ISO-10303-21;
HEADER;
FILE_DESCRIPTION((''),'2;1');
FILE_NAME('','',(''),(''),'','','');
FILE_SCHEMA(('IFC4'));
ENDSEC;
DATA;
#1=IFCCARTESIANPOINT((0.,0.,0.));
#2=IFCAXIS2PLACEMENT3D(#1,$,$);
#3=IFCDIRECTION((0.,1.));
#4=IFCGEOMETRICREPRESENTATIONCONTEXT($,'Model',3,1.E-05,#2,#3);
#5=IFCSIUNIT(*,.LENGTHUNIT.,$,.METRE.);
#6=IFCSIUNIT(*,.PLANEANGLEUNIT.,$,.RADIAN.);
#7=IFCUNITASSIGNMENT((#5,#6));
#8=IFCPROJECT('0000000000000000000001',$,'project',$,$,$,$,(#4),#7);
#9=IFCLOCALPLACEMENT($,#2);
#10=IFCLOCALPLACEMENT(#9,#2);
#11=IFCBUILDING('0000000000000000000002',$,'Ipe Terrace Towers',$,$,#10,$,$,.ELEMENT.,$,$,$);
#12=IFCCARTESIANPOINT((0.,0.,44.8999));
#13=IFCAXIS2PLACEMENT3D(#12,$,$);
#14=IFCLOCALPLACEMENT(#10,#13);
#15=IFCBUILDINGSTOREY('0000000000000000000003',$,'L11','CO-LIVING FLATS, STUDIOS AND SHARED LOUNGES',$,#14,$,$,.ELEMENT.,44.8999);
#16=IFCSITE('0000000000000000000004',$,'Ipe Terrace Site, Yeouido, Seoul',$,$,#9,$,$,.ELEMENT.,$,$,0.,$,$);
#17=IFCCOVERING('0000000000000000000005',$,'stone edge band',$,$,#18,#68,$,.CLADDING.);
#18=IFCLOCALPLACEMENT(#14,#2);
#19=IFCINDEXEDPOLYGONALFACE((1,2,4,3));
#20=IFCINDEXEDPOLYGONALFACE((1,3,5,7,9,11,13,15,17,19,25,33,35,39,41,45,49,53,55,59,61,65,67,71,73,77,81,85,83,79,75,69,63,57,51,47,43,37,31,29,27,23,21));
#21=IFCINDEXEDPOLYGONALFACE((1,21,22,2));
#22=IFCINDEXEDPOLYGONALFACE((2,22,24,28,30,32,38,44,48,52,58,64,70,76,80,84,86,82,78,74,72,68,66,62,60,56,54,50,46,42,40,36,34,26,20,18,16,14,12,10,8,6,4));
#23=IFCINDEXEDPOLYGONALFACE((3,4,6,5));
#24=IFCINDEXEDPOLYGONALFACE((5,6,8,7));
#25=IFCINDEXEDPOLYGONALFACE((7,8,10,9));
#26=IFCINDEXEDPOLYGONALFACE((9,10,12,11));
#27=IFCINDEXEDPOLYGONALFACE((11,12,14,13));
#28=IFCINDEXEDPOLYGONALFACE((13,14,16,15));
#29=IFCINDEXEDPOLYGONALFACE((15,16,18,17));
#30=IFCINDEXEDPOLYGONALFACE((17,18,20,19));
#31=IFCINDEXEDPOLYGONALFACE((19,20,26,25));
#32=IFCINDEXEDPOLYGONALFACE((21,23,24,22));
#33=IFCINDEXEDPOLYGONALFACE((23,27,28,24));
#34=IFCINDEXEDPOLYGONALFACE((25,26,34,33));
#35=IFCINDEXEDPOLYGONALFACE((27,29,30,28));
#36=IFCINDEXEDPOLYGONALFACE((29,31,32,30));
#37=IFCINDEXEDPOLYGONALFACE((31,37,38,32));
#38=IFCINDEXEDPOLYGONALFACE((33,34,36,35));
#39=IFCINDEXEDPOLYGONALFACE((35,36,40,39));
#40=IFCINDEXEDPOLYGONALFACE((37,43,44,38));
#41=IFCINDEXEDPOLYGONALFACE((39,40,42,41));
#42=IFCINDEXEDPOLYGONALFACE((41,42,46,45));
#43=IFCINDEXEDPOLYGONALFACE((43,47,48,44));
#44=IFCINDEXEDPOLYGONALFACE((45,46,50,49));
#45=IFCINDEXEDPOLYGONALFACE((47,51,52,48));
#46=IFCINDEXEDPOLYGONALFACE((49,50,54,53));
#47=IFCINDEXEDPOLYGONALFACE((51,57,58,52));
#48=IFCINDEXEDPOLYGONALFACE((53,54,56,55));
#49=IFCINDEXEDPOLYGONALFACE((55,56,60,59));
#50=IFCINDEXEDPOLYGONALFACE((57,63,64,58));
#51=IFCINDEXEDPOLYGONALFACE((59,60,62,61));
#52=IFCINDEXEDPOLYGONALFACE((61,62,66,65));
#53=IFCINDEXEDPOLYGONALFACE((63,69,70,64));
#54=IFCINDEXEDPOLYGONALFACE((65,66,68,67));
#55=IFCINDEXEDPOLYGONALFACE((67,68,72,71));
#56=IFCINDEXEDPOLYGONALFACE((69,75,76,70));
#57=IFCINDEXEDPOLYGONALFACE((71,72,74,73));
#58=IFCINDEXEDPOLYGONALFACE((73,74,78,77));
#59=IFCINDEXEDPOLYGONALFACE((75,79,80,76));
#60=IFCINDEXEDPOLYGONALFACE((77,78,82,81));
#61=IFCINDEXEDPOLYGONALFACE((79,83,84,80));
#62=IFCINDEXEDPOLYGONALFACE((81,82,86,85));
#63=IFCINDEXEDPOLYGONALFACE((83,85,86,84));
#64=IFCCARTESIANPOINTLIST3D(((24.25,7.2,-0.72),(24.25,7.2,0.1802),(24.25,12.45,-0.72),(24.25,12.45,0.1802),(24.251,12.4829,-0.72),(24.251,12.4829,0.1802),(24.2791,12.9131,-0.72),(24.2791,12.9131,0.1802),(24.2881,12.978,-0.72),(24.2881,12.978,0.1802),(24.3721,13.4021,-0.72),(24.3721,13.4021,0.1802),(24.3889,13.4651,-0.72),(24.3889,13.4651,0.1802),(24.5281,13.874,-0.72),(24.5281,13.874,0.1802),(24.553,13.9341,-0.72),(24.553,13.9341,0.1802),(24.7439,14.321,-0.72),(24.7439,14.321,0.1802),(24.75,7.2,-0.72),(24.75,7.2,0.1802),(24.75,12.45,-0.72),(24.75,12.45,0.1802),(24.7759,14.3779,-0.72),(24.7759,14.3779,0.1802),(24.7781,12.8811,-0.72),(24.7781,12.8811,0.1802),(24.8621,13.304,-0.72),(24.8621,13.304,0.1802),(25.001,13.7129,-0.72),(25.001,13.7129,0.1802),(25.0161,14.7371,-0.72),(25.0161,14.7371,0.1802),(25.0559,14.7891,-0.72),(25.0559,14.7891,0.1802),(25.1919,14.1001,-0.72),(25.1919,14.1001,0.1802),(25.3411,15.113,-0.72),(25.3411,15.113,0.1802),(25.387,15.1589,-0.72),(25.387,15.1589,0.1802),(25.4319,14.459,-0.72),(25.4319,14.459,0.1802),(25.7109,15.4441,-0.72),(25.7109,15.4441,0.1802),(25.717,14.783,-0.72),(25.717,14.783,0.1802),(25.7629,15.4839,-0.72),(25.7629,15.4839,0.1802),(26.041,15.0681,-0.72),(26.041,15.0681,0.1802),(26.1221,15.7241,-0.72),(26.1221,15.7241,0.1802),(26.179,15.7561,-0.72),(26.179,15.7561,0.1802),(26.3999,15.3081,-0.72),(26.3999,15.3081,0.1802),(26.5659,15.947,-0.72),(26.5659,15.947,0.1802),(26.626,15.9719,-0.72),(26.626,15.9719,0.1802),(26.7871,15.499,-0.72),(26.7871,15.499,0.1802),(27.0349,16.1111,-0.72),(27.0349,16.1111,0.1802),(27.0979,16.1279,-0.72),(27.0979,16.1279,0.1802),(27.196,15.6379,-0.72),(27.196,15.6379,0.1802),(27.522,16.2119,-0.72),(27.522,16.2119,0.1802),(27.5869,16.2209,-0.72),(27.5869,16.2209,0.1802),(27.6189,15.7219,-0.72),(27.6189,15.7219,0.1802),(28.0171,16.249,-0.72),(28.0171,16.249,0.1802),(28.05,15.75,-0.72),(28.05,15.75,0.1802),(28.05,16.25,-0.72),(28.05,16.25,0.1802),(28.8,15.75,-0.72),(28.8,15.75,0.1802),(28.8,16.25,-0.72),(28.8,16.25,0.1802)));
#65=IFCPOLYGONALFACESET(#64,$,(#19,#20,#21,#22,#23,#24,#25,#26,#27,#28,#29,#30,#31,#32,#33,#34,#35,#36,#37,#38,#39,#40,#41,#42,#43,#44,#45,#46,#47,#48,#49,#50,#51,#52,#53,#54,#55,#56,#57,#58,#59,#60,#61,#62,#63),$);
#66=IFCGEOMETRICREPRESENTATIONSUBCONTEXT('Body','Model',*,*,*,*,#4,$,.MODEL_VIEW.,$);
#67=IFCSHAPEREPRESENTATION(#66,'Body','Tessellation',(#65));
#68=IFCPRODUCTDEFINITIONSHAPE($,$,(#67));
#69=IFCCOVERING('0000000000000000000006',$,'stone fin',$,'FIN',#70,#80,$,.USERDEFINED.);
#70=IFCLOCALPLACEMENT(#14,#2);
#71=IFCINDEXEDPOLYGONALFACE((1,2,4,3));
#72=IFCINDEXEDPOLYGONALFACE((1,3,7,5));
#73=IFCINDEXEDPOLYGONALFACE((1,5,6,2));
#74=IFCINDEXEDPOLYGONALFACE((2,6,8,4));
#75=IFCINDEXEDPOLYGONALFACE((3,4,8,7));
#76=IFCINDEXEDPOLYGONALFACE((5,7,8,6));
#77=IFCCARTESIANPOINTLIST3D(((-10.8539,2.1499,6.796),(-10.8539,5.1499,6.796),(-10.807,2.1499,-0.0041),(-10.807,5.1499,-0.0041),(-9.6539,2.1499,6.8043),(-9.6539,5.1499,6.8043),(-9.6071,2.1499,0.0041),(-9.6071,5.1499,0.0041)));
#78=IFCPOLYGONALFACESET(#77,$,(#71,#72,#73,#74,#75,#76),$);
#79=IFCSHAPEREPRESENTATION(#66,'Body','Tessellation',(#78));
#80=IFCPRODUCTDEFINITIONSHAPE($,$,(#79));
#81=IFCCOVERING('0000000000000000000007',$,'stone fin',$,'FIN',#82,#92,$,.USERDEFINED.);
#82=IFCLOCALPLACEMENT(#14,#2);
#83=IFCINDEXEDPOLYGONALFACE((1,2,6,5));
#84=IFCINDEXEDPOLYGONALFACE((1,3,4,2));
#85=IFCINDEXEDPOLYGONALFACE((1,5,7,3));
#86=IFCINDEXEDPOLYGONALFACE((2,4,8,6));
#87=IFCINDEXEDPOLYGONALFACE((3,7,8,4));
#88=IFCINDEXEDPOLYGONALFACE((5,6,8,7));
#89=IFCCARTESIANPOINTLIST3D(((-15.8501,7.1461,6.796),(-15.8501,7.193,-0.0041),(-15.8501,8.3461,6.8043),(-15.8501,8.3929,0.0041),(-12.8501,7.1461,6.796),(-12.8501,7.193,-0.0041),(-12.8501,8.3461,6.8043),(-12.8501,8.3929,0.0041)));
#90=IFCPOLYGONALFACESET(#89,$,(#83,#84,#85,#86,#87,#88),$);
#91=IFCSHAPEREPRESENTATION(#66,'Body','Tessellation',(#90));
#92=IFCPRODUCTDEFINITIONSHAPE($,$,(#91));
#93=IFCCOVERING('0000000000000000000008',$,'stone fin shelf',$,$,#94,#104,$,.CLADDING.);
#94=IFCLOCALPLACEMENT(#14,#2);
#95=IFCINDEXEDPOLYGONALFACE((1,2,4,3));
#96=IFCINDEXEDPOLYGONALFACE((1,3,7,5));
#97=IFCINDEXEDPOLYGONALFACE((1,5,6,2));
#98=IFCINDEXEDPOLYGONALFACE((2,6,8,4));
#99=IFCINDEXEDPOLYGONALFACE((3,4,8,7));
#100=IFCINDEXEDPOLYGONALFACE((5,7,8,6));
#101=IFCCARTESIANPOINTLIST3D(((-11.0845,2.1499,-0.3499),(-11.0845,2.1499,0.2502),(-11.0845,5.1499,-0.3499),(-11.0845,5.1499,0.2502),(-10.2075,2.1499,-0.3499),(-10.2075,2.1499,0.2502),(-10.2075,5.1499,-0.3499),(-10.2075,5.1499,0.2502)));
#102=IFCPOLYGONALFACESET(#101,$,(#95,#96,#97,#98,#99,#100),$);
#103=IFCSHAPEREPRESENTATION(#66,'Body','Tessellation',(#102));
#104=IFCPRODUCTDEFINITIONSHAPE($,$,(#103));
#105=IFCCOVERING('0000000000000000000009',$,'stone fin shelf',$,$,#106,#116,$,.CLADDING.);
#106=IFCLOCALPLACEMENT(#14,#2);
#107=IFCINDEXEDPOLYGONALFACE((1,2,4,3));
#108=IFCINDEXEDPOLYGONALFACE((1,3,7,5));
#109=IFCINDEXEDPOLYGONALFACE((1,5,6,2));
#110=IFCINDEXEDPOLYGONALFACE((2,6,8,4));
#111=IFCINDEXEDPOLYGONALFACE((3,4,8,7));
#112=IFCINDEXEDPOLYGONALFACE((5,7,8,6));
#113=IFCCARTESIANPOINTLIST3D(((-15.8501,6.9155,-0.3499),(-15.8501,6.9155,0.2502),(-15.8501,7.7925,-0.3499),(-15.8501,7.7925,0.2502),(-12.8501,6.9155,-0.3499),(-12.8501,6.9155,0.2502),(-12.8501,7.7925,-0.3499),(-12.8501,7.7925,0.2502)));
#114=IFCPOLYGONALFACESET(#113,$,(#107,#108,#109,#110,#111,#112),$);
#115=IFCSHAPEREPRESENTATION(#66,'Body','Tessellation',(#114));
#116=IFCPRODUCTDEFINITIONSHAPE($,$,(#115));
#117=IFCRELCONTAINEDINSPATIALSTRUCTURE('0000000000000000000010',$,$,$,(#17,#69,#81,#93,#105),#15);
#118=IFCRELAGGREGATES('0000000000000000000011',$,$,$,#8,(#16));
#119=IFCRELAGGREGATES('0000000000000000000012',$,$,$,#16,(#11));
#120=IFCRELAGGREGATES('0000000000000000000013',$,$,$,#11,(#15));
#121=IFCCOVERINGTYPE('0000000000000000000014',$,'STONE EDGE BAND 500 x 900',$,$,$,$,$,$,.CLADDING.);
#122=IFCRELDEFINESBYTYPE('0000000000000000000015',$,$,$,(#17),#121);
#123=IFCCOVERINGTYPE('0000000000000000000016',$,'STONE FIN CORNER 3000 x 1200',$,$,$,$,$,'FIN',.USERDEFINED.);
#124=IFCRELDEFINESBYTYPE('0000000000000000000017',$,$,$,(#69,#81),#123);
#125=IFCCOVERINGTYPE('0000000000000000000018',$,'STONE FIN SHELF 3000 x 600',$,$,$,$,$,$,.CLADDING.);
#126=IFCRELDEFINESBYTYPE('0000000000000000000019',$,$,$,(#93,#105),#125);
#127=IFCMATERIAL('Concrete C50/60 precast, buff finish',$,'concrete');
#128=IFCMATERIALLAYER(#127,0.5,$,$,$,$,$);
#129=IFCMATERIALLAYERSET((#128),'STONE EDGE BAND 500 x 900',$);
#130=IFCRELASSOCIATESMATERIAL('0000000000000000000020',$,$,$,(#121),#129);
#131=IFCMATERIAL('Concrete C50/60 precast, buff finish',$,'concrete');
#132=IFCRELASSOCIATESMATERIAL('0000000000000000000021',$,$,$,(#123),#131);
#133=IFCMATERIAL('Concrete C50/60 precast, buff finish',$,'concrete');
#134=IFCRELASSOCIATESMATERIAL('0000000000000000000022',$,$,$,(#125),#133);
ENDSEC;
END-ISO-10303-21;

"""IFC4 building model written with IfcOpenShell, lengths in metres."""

from ifc_helpers import new_model, si_unit, direction, frame, origin, origin_2d, place, context, subcontext, project, spatial, polyline, rectangle, outline, extrude, material, layer, layer_set, material_profile, profile_set, type_object, element, save


model = new_model("IFC4")

# Units and contexts
model_context = context("Model", 3, precision=1e-05, world=origin(), true_north=direction((0.0, 1.0)))
body_context = subcontext(model_context, "Body", "Model", "MODEL_VIEW")
ifc_project = project(units=[si_unit("LENGTHUNIT", "METRE"), si_unit("PLANEANGLEUNIT", "RADIAN")], contexts=[model_context])

# Site, building, storey
site_placement = place(None, origin())
site = spatial("IfcSite", under=ifc_project, at=site_placement, Name="Ipe Terrace Site, Yeouido, Seoul", CompositionType="ELEMENT", RefElevation=0.0)
building_placement = place(site_placement, origin())
building = spatial("IfcBuilding", under=site, at=building_placement, Name="Ipe Terrace Towers", CompositionType="ELEMENT")
storey_placement = place(building_placement, frame((0.0, 0.0, 44.8999)))
storey = spatial("IfcBuildingStorey", under=building, at=storey_placement, Name="L11", Description="CO-LIVING FLATS, STUDIOS AND SHARED LOUNGES", CompositionType="ELEMENT", Elevation=44.8999)

# Coverings
ifc_material_1 = material(Name="Concrete C50/60 precast, buff finish", Category="concrete")
ifc_layer_1 = layer(ifc_material_1, 0.5)
ifc_layer_set_1 = layer_set([ifc_layer_1], Name="STONE EDGE BAND 500 x 900")
covering_type_1 = type_object("IfcCoveringType", Name="STONE EDGE BAND 500 x 900", PredefinedType="CLADDING", material=ifc_layer_set_1)
covering_placement = place(storey_placement, frame((0.0, 0.0, -0.72)))
element("IfcCovering", 1, at=covering_placement, inside=storey, type_object=covering_type_1, Name="stone edge band", PredefinedType="CLADDING", context=body_context, shape_type="SweptSolid", body=[
    extrude(outline(polyline([(24.25, 12.45), (24.25, 7.2), (24.75, 7.2), (24.75, 12.45), (24.7781, 12.8811), (24.8621, 13.304), (25.001, 13.7129), (25.1919, 14.1001), (25.4319, 14.459), (25.717, 14.783), (26.041, 15.0681), (26.3999, 15.3081), (26.7871, 15.499), (27.196, 15.6379), (27.6189, 15.7219), (28.05, 15.75), (28.8, 15.75), (28.8, 16.25), (28.05, 16.25), (28.0171, 16.249), (27.5869, 16.2209), (27.522, 16.2119), (27.0979, 16.1279), (27.0349, 16.1111), (26.626, 15.9719), (26.5659, 15.947), (26.179, 15.7561), (26.1221, 15.7241), (25.7629, 15.4839), (25.7109, 15.4441), (25.387, 15.1589), (25.3411, 15.113), (25.0559, 14.7891), (25.0161, 14.7371), (24.7759, 14.3779), (24.7439, 14.321), (24.553, 13.9341), (24.5281, 13.874), (24.3889, 13.4651), (24.3721, 13.4021), (24.2881, 12.978), (24.2791, 12.9131), (24.251, 12.4829), (24.25, 12.45)])), origin(), (0.0, 0.0, 1.0), 0.9001),
])
ifc_material_2 = material(Name="Concrete C50/60 precast, buff finish", Category="concrete")
ifc_material_profile_1 = material_profile(ifc_material_2, rectangle(XDim=3.0, YDim=1.2, at=origin_2d()), Name="STONE FIN CORNER 3000 x 1200")
ifc_profile_set_1 = profile_set([ifc_material_profile_1], Name="Concrete C50/60 precast, buff finish")
covering_type_2 = type_object("IfcCoveringType", Name="STONE FIN CORNER 3000 x 1200", ElementType="FIN", PredefinedType="USERDEFINED", material=ifc_profile_set_1)
for number, where, z_axis, x_axis, name in (
    (2, (-10.207, 3.6499, 0.0), (-0.006893, 0.0, 0.999976), (0.0, 1.0, 0.0), "stone fin"),
    (3, (-14.3501, 7.793, 0.0), (0.0, -0.006893, 0.999976), (-1.0, 0.0, 0.0), "stone fin"),
):
    element("IfcCovering", number, at=place(storey_placement, frame(where, z_axis=z_axis, x_axis=x_axis)), inside=storey, type_object=covering_type_2, Name=name, ObjectType="FIN", PredefinedType="USERDEFINED", context=body_context, shape_type="SweptSolid", body=[
        extrude(rectangle(XDim=3.0, YDim=1.2, at=origin_2d()), origin(), (0.0, 0.0, 1.0), 6.8003),
    ])
ifc_material_3 = material(Name="Concrete C50/60 precast, buff finish", Category="concrete")
covering_type_3 = type_object("IfcCoveringType", Name="STONE FIN SHELF 3000 x 600", PredefinedType="CLADDING", material=ifc_material_3)
for number, where, z_axis, x_axis, name in (
    (4, (-10.646, 3.6499, -0.3499), (0.0, 0.0, 1.0), (0.0, 1.0, 0.0), "stone fin shelf"),
    (5, (-14.3501, 7.354, -0.3499), (0.0, 0.0, 1.0), (-1.0, 0.0, 0.0), "stone fin shelf"),
):
    element("IfcCovering", number, at=place(storey_placement, frame(where, z_axis=z_axis, x_axis=x_axis)), inside=storey, type_object=covering_type_3, Name=name, PredefinedType="CLADDING", context=body_context, shape_type="SweptSolid", body=[
        extrude(rectangle(XDim=3.0, YDim=0.877, at=origin_2d()), origin(), (0.0, 0.0, 1.0), 0.6001),
    ])

save(model, "model.ifc")
